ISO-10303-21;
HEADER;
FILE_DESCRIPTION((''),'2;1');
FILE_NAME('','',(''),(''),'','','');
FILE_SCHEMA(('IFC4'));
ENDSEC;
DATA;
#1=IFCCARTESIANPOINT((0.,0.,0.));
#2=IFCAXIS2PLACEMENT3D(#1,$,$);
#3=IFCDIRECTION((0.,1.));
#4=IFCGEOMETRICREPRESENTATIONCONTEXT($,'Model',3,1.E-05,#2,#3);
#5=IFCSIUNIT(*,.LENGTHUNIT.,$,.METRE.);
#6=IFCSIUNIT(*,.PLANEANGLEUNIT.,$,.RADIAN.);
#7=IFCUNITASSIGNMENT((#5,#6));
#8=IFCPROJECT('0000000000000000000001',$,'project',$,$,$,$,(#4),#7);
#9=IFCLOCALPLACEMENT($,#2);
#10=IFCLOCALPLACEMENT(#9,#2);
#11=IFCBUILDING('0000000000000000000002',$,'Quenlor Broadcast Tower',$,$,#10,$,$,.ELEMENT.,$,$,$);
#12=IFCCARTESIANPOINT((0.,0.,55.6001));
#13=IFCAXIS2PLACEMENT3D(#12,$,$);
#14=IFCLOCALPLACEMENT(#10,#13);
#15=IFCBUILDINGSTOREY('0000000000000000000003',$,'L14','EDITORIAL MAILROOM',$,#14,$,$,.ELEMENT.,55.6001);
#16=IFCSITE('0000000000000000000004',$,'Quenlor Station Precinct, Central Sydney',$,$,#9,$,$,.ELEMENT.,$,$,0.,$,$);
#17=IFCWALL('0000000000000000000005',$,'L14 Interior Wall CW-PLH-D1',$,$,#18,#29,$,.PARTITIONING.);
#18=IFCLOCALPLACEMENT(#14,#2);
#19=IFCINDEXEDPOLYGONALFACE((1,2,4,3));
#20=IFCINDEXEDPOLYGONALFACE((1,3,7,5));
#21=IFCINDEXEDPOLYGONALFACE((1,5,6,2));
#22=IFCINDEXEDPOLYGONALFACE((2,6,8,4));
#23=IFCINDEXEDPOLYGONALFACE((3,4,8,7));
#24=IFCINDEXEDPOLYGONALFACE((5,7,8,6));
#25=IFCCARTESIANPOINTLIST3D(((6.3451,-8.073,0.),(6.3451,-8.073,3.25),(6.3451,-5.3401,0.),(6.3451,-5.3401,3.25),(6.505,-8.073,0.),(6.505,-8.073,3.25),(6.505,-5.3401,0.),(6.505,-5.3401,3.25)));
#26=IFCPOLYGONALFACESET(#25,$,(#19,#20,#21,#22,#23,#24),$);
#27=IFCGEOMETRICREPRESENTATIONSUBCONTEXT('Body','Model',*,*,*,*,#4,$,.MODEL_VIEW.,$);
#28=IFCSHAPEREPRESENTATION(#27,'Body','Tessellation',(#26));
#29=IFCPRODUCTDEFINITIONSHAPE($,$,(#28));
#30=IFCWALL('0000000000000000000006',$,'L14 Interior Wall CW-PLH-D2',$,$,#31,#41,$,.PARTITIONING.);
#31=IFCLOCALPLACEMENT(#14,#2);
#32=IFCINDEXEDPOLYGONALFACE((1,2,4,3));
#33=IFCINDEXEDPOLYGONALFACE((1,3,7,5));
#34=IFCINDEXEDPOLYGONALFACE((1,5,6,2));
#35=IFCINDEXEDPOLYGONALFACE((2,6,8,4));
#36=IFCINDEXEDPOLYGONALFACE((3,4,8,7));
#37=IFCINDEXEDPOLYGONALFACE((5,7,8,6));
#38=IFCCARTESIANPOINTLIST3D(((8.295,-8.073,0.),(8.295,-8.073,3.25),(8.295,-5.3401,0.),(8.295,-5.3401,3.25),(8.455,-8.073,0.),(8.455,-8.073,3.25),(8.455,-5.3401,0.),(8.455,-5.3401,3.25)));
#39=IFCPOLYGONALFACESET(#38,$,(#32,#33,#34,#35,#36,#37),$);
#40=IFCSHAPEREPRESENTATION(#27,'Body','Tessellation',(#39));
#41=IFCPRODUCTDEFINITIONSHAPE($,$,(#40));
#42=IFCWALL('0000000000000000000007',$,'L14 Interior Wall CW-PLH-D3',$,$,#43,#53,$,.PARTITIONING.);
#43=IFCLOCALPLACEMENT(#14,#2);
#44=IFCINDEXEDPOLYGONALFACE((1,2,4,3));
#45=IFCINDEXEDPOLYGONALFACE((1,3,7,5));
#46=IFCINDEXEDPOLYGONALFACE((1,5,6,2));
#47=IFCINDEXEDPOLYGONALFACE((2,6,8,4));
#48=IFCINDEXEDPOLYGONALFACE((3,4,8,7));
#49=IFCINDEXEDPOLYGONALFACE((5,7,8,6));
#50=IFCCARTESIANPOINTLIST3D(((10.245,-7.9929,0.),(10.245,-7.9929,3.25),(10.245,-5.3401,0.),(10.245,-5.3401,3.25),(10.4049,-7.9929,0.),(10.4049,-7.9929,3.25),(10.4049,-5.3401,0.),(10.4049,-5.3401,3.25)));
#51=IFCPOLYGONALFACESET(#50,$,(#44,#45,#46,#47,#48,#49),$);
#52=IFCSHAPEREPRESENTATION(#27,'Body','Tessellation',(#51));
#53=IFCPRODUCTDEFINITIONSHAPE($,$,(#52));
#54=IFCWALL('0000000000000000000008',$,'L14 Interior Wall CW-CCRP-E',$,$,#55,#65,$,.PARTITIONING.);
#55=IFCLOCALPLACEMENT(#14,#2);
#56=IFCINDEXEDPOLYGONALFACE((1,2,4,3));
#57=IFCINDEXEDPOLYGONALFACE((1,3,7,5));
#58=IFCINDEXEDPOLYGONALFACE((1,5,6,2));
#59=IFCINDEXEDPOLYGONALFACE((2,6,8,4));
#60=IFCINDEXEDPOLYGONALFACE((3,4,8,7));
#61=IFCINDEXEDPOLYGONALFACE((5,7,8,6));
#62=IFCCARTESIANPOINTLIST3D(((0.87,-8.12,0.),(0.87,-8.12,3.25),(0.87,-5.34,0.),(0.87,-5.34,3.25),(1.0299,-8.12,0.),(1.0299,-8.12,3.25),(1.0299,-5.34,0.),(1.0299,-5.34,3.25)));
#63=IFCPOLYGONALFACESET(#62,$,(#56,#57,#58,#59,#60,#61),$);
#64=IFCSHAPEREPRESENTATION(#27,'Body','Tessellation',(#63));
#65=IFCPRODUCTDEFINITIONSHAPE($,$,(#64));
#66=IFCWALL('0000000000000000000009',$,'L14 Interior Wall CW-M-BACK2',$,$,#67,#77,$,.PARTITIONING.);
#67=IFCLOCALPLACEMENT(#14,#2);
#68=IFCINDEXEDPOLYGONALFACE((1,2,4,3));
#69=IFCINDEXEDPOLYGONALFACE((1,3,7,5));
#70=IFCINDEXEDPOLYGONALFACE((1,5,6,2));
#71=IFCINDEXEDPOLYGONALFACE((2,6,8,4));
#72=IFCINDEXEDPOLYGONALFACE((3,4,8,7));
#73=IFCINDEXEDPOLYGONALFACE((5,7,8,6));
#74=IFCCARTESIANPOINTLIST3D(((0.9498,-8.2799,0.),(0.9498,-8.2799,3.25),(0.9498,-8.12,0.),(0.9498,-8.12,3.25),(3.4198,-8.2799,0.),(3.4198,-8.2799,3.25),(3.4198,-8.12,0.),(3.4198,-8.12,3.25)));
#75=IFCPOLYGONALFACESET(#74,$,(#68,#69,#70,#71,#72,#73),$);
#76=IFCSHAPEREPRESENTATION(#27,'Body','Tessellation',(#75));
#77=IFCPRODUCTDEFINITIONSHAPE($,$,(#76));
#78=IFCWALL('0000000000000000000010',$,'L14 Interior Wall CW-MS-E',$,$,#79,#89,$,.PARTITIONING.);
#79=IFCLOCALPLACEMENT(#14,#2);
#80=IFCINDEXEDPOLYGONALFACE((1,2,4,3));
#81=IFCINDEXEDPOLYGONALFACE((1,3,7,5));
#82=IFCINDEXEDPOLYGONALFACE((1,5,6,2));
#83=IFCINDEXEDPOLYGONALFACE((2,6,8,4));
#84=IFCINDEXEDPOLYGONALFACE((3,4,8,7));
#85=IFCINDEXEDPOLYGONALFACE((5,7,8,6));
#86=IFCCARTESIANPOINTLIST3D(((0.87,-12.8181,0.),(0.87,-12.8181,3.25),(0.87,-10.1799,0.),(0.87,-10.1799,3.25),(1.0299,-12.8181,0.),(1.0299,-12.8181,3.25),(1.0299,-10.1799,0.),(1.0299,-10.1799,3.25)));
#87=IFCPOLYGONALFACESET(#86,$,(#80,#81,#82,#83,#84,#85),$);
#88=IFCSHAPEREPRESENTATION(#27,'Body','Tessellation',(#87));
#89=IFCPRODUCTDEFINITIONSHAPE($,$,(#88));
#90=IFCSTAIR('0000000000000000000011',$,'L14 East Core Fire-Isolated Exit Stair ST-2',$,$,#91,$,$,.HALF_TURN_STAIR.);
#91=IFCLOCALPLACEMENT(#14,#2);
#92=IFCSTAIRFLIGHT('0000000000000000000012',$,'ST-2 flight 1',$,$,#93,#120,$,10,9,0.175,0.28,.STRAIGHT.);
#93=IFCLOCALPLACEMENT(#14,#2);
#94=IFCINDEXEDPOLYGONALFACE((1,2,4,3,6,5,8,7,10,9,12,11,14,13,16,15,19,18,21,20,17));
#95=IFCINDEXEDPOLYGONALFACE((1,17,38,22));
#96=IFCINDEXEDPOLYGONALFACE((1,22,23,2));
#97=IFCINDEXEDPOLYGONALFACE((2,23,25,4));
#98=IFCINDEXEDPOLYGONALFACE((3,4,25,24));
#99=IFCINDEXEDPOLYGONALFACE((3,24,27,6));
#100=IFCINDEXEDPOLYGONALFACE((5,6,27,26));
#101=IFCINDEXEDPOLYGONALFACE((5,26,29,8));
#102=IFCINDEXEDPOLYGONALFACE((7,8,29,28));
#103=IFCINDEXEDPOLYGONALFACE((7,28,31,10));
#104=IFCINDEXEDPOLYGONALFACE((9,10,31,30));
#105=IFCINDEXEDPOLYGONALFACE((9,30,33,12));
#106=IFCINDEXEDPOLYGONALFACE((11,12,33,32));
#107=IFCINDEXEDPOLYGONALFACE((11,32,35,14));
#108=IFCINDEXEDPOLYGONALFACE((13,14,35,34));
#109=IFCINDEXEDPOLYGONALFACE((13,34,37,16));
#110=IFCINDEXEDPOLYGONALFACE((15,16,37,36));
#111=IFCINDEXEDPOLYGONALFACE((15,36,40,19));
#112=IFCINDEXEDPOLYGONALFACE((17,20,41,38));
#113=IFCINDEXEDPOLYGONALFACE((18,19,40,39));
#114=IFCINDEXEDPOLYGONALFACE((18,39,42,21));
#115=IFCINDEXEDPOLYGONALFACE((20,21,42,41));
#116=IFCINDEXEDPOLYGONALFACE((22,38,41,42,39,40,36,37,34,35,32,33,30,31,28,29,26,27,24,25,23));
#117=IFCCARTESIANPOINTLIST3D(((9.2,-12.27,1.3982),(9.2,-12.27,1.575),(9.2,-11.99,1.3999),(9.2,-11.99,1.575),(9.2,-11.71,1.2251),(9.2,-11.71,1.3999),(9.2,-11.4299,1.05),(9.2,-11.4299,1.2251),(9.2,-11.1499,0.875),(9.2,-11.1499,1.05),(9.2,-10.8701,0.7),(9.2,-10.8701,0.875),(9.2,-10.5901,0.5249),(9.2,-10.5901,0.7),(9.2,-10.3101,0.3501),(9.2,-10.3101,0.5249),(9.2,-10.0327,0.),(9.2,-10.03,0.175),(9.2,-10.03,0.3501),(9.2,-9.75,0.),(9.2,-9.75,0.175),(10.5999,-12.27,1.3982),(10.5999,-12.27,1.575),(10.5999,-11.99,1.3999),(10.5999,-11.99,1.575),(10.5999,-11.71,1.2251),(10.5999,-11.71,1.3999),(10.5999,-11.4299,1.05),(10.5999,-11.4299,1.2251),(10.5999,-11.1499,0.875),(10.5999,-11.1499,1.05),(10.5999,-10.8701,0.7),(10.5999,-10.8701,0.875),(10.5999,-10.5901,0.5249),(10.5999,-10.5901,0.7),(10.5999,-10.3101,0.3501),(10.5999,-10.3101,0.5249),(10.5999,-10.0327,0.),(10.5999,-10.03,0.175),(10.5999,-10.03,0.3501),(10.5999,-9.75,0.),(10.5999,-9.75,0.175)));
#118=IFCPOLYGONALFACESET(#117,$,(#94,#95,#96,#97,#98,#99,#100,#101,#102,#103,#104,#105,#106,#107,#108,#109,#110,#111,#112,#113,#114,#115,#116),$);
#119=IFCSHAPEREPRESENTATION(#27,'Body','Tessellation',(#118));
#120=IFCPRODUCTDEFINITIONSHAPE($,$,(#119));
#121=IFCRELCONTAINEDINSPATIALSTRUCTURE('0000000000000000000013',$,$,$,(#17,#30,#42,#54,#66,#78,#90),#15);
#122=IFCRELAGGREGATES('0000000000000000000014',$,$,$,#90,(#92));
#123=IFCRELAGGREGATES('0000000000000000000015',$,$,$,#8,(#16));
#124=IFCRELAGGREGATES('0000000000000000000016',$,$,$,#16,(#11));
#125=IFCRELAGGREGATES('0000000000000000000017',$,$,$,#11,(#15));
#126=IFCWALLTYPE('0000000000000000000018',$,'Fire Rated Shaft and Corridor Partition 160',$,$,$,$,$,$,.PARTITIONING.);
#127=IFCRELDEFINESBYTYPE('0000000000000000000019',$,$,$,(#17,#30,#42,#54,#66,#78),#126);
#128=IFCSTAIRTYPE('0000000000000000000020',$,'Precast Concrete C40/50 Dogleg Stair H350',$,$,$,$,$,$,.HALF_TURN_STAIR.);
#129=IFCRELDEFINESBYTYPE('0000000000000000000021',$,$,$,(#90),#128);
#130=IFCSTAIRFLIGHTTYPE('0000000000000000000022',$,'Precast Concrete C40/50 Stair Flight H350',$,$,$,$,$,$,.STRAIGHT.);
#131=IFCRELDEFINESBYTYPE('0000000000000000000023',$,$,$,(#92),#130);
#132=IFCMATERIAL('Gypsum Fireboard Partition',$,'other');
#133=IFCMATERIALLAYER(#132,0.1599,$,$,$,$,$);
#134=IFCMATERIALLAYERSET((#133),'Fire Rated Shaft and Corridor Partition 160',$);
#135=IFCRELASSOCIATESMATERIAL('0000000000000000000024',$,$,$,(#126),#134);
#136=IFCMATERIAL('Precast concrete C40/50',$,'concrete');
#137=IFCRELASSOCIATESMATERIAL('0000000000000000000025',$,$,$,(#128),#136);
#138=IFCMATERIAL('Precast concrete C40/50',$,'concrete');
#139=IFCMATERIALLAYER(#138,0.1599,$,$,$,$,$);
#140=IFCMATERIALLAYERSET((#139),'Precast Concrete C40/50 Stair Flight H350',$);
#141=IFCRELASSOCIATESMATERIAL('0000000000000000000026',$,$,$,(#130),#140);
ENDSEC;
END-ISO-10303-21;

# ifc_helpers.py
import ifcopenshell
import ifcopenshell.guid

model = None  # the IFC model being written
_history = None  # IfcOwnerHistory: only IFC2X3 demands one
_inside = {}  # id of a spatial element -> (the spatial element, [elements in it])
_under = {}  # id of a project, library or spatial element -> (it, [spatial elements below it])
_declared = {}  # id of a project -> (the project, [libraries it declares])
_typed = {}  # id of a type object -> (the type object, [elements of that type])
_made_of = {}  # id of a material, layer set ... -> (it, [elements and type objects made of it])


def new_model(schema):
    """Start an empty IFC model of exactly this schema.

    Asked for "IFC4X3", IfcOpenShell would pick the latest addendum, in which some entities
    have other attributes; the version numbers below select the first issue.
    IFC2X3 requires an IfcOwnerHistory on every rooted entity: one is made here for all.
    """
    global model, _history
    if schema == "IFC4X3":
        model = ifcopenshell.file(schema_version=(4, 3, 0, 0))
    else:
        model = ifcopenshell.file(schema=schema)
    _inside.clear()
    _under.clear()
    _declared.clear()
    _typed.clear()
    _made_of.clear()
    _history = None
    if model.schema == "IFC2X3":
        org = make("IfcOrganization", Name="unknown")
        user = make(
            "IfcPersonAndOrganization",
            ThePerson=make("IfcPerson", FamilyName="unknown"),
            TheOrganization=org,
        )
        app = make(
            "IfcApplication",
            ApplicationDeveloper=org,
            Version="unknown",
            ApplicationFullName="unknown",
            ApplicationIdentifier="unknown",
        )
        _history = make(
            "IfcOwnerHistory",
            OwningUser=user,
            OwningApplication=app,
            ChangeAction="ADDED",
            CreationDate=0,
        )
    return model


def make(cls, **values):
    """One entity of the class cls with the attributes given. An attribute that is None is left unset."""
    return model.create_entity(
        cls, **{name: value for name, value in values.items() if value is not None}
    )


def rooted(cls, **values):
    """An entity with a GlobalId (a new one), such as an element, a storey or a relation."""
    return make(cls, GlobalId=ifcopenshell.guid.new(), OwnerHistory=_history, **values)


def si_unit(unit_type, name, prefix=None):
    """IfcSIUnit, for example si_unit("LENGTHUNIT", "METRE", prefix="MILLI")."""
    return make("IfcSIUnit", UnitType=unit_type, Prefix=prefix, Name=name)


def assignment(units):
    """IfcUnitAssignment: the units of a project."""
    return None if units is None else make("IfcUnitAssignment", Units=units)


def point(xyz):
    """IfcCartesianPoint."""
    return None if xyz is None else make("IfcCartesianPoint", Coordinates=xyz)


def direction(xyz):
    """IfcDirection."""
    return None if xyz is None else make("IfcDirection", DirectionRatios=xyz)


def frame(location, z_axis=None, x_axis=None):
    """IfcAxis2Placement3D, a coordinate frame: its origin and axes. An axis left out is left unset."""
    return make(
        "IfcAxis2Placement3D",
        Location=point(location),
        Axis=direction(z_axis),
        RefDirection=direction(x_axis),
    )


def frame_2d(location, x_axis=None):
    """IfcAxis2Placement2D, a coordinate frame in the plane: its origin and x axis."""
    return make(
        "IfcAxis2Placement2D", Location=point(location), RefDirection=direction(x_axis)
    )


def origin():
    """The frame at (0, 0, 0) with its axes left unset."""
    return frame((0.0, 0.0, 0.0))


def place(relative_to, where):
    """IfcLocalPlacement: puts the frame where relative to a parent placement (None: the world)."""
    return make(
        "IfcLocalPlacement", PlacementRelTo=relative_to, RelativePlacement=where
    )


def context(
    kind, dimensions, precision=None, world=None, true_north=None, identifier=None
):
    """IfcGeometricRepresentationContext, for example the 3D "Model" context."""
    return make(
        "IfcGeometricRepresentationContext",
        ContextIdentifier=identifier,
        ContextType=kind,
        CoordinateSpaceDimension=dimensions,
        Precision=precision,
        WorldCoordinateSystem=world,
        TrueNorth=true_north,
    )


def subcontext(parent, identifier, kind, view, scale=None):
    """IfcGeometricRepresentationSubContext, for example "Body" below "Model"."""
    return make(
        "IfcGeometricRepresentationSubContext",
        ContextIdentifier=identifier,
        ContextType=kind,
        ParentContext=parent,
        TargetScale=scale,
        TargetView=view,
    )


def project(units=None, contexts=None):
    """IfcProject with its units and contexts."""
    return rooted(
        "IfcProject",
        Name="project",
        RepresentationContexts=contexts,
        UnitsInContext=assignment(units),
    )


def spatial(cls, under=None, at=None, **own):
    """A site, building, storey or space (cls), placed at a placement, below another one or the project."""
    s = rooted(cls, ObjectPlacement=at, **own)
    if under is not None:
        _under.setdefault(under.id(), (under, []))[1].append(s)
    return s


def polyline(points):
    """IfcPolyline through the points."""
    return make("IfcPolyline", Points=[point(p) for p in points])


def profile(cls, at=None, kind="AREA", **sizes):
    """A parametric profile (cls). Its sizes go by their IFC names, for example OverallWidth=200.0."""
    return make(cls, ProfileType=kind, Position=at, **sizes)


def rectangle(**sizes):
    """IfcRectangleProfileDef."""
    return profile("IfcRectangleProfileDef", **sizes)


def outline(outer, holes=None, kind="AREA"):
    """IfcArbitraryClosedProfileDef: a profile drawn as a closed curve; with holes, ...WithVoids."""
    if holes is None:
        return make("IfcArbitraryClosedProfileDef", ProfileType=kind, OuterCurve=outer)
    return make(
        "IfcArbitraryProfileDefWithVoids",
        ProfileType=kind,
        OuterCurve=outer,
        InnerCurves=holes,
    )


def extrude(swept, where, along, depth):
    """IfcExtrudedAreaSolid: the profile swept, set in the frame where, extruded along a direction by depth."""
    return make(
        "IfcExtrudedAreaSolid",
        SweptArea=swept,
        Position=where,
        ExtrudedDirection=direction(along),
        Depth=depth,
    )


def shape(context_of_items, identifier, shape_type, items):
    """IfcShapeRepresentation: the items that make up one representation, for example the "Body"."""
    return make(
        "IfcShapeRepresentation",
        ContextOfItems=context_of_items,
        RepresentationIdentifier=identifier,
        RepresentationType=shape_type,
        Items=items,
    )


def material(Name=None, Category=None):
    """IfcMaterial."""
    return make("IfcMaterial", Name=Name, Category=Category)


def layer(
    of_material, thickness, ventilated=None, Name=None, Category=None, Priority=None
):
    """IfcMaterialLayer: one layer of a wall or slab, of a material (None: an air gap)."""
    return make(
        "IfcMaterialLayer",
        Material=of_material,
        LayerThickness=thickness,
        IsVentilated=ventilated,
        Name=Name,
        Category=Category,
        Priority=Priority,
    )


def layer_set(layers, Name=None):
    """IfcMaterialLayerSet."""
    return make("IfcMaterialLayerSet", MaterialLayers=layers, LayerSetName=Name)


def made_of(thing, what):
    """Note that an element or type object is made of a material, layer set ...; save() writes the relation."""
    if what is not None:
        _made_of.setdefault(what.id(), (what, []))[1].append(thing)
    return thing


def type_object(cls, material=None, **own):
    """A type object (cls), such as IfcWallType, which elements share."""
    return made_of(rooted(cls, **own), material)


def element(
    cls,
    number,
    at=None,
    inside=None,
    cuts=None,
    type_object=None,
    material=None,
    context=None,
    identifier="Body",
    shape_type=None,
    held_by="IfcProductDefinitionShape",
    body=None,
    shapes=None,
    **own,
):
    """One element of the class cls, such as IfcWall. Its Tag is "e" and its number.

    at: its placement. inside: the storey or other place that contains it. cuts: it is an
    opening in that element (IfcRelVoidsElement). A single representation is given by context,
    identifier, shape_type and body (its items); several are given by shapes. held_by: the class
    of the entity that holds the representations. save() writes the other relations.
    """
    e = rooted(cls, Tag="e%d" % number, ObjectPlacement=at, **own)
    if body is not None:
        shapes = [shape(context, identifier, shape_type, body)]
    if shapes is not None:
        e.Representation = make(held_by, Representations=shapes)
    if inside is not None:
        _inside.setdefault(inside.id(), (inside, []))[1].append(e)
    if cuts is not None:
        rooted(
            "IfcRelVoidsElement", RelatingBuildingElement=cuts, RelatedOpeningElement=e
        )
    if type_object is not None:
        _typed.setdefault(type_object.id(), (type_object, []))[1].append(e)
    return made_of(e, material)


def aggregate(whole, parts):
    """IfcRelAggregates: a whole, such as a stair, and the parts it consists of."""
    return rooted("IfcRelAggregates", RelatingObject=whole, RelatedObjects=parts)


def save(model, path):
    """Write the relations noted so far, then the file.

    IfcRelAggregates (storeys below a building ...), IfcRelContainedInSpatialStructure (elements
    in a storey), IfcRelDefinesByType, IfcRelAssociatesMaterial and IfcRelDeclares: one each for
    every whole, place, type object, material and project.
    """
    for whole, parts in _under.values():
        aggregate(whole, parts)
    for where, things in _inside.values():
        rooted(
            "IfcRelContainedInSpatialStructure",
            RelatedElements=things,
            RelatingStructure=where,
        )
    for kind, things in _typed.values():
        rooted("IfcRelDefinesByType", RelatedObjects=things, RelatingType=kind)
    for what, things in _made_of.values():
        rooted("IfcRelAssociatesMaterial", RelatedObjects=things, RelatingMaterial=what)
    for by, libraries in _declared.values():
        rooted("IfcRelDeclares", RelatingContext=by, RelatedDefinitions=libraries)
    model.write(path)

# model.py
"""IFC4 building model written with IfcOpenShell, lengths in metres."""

from ifc_helpers import new_model, si_unit, direction, frame, frame_2d, origin, place, context, subcontext, project, spatial, polyline, rectangle, outline, extrude, material, layer, layer_set, type_object, element, aggregate, save


model = new_model("IFC4")

# Units and contexts
model_context = context("Model", 3, precision=1e-05, world=origin(), true_north=direction((0.0, 1.0)))
body_context = subcontext(model_context, "Body", "Model", "MODEL_VIEW")
ifc_project = project(units=[si_unit("LENGTHUNIT", "METRE"), si_unit("PLANEANGLEUNIT", "RADIAN")], contexts=[model_context])

# Site, building, storey
site_placement = place(None, origin())
site = spatial("IfcSite", under=ifc_project, at=site_placement, Name="Quenlor Station Precinct, Central Sydney", CompositionType="ELEMENT", RefElevation=0.0)
building_placement = place(site_placement, origin())
building = spatial("IfcBuilding", under=site, at=building_placement, Name="Quenlor Broadcast Tower", CompositionType="ELEMENT")
storey_placement = place(building_placement, frame((0.0, 0.0, 55.6001)))
storey = spatial("IfcBuildingStorey", under=building, at=storey_placement, Name="L14", Description="EDITORIAL MAILROOM", CompositionType="ELEMENT", Elevation=55.6001)

# Walls
ifc_material_1 = material(Name="Gypsum Fireboard Partition", Category="other")
ifc_layer_1 = layer(ifc_material_1, 0.1599)
ifc_layer_set_1 = layer_set([ifc_layer_1], Name="Fire Rated Shaft and Corridor Partition 160")
wall_type_1 = type_object("IfcWallType", Name="Fire Rated Shaft and Corridor Partition 160", PredefinedType="PARTITIONING", material=ifc_layer_set_1)
for number, where, z_axis, x_axis, name in (
    (1, (6.425, -8.073, 0.0), (0.0, 0.0, 1.0), (0.0, 1.0, 0.0), "L14 Interior Wall CW-PLH-D1"),
    (2, (8.375, -8.073, 0.0), (0.0, 0.0, 1.0), (0.0, 1.0, 0.0), "L14 Interior Wall CW-PLH-D2"),
):
    element("IfcWall", number, at=place(storey_placement, frame(where, z_axis=z_axis, x_axis=x_axis)), inside=storey, type_object=wall_type_1, Name=name, PredefinedType="PARTITIONING", context=body_context, shape_type="SweptSolid", body=[
        extrude(rectangle(XDim=2.7329, YDim=0.1599, at=frame_2d((1.3665, 0.0))), origin(), (0.0, 0.0, 1.0), 3.25),
    ])
wall_1_placement = place(storey_placement, frame((10.325, -7.9929, 0.0), z_axis=(0.0, 0.0, 1.0), x_axis=(0.0, 1.0, 0.0)))
element("IfcWall", 3, at=wall_1_placement, inside=storey, type_object=wall_type_1, Name="L14 Interior Wall CW-PLH-D3", PredefinedType="PARTITIONING", context=body_context, shape_type="SweptSolid", body=[
    extrude(rectangle(XDim=2.6528, YDim=0.1599, at=frame_2d((1.3264, 0.0))), origin(), (0.0, 0.0, 1.0), 3.25),
])
wall_2_placement = place(storey_placement, frame((0.95, -8.1201, 0.0), z_axis=(0.0, 0.0, 1.0), x_axis=(0.0, 1.0, 0.0)))
element("IfcWall", 4, at=wall_2_placement, inside=storey, type_object=wall_type_1, Name="L14 Interior Wall CW-CCRP-E", PredefinedType="PARTITIONING", context=body_context, shape_type="SweptSolid", body=[
    extrude(rectangle(XDim=2.78, YDim=0.1599, at=frame_2d((1.3901, 0.0))), origin(), (0.0, 0.0, 1.0), 3.25),
])
wall_3_placement = place(storey_placement, frame((0.95, -8.2, 0.0), z_axis=(0.0, 0.0, 1.0), x_axis=(1.0, 0.0, 0.0)))
element("IfcWall", 5, at=wall_3_placement, inside=storey, type_object=wall_type_1, Name="L14 Interior Wall CW-M-BACK2", PredefinedType="PARTITIONING", context=body_context, shape_type="SweptSolid", body=[
    extrude(rectangle(XDim=2.47, YDim=0.1599, at=frame_2d((1.2349, 0.0))), origin(), (0.0, 0.0, 1.0), 3.25),
])
wall_4_placement = place(storey_placement, frame((0.95, -12.8181, 0.0), z_axis=(0.0, 0.0, 1.0), x_axis=(0.0, 1.0, 0.0)))
element("IfcWall", 6, at=wall_4_placement, inside=storey, type_object=wall_type_1, Name="L14 Interior Wall CW-MS-E", PredefinedType="PARTITIONING", context=body_context, shape_type="SweptSolid", body=[
    extrude(rectangle(XDim=2.6382, YDim=0.1599, at=frame_2d((1.3191, 0.0))), origin(), (0.0, 0.0, 1.0), 3.25),
])

# Stair, stair flight
ifc_material_2 = material(Name="Precast concrete C40/50", Category="concrete")
stair_type = type_object("IfcStairType", Name="Precast Concrete C40/50 Dogleg Stair H350", PredefinedType="HALF_TURN_STAIR", material=ifc_material_2)
stair_placement = place(storey_placement, origin())
stair = element("IfcStair", 7, at=stair_placement, inside=storey, type_object=stair_type, Name="L14 East Core Fire-Isolated Exit Stair ST-2", PredefinedType="HALF_TURN_STAIR")
ifc_material_3 = material(Name="Precast concrete C40/50", Category="concrete")
ifc_layer_2 = layer(ifc_material_3, 0.1599)
ifc_layer_set_2 = layer_set([ifc_layer_2], Name="Precast Concrete C40/50 Stair Flight H350")
stair_flight_type = type_object("IfcStairFlightType", Name="Precast Concrete C40/50 Stair Flight H350", PredefinedType="STRAIGHT", material=ifc_layer_set_2)
stair_flight_placement = place(storey_placement, frame((9.8999, -9.75, 0.0), z_axis=(0.0, 0.0, 1.0), x_axis=(0.0, -1.0, 0.0)))
stair_flight = element("IfcStairFlight", 8, at=stair_flight_placement, type_object=stair_flight_type, Name="ST-2 flight 1", NumberOfRisers=10, NumberOfTreads=9, PredefinedType="STRAIGHT", RiserHeight=0.175, TreadLength=0.28, context=body_context, shape_type="SweptSolid", body=[
    extrude(outline(polyline([(0.0, 0.0), (0.0, 0.175), (0.28, 0.175), (0.28, 0.3501), (0.5601, 0.3501), (0.5601, 0.5249), (0.8401, 0.5249), (0.8401, 0.7), (1.1201, 0.7), (1.1201, 0.875), (1.3999, 0.875), (1.3999, 1.05), (1.6799, 1.05), (1.6799, 1.2251), (1.96, 1.2251), (1.96, 1.3999), (2.24, 1.3999), (2.24, 1.575), (2.52, 1.575), (2.52, 1.75), (2.52, 1.3982), (0.2827, 0.0), (0.0, 0.0)])), frame((0.0, 0.7, 0.0), z_axis=(0.0, -1.0, 0.0), x_axis=(1.0, 0.0, 0.0)), (0.0, 0.0, 1.0), 1.3999),
])
aggregate(stair, [stair_flight])

save(model, "model.ifc")
